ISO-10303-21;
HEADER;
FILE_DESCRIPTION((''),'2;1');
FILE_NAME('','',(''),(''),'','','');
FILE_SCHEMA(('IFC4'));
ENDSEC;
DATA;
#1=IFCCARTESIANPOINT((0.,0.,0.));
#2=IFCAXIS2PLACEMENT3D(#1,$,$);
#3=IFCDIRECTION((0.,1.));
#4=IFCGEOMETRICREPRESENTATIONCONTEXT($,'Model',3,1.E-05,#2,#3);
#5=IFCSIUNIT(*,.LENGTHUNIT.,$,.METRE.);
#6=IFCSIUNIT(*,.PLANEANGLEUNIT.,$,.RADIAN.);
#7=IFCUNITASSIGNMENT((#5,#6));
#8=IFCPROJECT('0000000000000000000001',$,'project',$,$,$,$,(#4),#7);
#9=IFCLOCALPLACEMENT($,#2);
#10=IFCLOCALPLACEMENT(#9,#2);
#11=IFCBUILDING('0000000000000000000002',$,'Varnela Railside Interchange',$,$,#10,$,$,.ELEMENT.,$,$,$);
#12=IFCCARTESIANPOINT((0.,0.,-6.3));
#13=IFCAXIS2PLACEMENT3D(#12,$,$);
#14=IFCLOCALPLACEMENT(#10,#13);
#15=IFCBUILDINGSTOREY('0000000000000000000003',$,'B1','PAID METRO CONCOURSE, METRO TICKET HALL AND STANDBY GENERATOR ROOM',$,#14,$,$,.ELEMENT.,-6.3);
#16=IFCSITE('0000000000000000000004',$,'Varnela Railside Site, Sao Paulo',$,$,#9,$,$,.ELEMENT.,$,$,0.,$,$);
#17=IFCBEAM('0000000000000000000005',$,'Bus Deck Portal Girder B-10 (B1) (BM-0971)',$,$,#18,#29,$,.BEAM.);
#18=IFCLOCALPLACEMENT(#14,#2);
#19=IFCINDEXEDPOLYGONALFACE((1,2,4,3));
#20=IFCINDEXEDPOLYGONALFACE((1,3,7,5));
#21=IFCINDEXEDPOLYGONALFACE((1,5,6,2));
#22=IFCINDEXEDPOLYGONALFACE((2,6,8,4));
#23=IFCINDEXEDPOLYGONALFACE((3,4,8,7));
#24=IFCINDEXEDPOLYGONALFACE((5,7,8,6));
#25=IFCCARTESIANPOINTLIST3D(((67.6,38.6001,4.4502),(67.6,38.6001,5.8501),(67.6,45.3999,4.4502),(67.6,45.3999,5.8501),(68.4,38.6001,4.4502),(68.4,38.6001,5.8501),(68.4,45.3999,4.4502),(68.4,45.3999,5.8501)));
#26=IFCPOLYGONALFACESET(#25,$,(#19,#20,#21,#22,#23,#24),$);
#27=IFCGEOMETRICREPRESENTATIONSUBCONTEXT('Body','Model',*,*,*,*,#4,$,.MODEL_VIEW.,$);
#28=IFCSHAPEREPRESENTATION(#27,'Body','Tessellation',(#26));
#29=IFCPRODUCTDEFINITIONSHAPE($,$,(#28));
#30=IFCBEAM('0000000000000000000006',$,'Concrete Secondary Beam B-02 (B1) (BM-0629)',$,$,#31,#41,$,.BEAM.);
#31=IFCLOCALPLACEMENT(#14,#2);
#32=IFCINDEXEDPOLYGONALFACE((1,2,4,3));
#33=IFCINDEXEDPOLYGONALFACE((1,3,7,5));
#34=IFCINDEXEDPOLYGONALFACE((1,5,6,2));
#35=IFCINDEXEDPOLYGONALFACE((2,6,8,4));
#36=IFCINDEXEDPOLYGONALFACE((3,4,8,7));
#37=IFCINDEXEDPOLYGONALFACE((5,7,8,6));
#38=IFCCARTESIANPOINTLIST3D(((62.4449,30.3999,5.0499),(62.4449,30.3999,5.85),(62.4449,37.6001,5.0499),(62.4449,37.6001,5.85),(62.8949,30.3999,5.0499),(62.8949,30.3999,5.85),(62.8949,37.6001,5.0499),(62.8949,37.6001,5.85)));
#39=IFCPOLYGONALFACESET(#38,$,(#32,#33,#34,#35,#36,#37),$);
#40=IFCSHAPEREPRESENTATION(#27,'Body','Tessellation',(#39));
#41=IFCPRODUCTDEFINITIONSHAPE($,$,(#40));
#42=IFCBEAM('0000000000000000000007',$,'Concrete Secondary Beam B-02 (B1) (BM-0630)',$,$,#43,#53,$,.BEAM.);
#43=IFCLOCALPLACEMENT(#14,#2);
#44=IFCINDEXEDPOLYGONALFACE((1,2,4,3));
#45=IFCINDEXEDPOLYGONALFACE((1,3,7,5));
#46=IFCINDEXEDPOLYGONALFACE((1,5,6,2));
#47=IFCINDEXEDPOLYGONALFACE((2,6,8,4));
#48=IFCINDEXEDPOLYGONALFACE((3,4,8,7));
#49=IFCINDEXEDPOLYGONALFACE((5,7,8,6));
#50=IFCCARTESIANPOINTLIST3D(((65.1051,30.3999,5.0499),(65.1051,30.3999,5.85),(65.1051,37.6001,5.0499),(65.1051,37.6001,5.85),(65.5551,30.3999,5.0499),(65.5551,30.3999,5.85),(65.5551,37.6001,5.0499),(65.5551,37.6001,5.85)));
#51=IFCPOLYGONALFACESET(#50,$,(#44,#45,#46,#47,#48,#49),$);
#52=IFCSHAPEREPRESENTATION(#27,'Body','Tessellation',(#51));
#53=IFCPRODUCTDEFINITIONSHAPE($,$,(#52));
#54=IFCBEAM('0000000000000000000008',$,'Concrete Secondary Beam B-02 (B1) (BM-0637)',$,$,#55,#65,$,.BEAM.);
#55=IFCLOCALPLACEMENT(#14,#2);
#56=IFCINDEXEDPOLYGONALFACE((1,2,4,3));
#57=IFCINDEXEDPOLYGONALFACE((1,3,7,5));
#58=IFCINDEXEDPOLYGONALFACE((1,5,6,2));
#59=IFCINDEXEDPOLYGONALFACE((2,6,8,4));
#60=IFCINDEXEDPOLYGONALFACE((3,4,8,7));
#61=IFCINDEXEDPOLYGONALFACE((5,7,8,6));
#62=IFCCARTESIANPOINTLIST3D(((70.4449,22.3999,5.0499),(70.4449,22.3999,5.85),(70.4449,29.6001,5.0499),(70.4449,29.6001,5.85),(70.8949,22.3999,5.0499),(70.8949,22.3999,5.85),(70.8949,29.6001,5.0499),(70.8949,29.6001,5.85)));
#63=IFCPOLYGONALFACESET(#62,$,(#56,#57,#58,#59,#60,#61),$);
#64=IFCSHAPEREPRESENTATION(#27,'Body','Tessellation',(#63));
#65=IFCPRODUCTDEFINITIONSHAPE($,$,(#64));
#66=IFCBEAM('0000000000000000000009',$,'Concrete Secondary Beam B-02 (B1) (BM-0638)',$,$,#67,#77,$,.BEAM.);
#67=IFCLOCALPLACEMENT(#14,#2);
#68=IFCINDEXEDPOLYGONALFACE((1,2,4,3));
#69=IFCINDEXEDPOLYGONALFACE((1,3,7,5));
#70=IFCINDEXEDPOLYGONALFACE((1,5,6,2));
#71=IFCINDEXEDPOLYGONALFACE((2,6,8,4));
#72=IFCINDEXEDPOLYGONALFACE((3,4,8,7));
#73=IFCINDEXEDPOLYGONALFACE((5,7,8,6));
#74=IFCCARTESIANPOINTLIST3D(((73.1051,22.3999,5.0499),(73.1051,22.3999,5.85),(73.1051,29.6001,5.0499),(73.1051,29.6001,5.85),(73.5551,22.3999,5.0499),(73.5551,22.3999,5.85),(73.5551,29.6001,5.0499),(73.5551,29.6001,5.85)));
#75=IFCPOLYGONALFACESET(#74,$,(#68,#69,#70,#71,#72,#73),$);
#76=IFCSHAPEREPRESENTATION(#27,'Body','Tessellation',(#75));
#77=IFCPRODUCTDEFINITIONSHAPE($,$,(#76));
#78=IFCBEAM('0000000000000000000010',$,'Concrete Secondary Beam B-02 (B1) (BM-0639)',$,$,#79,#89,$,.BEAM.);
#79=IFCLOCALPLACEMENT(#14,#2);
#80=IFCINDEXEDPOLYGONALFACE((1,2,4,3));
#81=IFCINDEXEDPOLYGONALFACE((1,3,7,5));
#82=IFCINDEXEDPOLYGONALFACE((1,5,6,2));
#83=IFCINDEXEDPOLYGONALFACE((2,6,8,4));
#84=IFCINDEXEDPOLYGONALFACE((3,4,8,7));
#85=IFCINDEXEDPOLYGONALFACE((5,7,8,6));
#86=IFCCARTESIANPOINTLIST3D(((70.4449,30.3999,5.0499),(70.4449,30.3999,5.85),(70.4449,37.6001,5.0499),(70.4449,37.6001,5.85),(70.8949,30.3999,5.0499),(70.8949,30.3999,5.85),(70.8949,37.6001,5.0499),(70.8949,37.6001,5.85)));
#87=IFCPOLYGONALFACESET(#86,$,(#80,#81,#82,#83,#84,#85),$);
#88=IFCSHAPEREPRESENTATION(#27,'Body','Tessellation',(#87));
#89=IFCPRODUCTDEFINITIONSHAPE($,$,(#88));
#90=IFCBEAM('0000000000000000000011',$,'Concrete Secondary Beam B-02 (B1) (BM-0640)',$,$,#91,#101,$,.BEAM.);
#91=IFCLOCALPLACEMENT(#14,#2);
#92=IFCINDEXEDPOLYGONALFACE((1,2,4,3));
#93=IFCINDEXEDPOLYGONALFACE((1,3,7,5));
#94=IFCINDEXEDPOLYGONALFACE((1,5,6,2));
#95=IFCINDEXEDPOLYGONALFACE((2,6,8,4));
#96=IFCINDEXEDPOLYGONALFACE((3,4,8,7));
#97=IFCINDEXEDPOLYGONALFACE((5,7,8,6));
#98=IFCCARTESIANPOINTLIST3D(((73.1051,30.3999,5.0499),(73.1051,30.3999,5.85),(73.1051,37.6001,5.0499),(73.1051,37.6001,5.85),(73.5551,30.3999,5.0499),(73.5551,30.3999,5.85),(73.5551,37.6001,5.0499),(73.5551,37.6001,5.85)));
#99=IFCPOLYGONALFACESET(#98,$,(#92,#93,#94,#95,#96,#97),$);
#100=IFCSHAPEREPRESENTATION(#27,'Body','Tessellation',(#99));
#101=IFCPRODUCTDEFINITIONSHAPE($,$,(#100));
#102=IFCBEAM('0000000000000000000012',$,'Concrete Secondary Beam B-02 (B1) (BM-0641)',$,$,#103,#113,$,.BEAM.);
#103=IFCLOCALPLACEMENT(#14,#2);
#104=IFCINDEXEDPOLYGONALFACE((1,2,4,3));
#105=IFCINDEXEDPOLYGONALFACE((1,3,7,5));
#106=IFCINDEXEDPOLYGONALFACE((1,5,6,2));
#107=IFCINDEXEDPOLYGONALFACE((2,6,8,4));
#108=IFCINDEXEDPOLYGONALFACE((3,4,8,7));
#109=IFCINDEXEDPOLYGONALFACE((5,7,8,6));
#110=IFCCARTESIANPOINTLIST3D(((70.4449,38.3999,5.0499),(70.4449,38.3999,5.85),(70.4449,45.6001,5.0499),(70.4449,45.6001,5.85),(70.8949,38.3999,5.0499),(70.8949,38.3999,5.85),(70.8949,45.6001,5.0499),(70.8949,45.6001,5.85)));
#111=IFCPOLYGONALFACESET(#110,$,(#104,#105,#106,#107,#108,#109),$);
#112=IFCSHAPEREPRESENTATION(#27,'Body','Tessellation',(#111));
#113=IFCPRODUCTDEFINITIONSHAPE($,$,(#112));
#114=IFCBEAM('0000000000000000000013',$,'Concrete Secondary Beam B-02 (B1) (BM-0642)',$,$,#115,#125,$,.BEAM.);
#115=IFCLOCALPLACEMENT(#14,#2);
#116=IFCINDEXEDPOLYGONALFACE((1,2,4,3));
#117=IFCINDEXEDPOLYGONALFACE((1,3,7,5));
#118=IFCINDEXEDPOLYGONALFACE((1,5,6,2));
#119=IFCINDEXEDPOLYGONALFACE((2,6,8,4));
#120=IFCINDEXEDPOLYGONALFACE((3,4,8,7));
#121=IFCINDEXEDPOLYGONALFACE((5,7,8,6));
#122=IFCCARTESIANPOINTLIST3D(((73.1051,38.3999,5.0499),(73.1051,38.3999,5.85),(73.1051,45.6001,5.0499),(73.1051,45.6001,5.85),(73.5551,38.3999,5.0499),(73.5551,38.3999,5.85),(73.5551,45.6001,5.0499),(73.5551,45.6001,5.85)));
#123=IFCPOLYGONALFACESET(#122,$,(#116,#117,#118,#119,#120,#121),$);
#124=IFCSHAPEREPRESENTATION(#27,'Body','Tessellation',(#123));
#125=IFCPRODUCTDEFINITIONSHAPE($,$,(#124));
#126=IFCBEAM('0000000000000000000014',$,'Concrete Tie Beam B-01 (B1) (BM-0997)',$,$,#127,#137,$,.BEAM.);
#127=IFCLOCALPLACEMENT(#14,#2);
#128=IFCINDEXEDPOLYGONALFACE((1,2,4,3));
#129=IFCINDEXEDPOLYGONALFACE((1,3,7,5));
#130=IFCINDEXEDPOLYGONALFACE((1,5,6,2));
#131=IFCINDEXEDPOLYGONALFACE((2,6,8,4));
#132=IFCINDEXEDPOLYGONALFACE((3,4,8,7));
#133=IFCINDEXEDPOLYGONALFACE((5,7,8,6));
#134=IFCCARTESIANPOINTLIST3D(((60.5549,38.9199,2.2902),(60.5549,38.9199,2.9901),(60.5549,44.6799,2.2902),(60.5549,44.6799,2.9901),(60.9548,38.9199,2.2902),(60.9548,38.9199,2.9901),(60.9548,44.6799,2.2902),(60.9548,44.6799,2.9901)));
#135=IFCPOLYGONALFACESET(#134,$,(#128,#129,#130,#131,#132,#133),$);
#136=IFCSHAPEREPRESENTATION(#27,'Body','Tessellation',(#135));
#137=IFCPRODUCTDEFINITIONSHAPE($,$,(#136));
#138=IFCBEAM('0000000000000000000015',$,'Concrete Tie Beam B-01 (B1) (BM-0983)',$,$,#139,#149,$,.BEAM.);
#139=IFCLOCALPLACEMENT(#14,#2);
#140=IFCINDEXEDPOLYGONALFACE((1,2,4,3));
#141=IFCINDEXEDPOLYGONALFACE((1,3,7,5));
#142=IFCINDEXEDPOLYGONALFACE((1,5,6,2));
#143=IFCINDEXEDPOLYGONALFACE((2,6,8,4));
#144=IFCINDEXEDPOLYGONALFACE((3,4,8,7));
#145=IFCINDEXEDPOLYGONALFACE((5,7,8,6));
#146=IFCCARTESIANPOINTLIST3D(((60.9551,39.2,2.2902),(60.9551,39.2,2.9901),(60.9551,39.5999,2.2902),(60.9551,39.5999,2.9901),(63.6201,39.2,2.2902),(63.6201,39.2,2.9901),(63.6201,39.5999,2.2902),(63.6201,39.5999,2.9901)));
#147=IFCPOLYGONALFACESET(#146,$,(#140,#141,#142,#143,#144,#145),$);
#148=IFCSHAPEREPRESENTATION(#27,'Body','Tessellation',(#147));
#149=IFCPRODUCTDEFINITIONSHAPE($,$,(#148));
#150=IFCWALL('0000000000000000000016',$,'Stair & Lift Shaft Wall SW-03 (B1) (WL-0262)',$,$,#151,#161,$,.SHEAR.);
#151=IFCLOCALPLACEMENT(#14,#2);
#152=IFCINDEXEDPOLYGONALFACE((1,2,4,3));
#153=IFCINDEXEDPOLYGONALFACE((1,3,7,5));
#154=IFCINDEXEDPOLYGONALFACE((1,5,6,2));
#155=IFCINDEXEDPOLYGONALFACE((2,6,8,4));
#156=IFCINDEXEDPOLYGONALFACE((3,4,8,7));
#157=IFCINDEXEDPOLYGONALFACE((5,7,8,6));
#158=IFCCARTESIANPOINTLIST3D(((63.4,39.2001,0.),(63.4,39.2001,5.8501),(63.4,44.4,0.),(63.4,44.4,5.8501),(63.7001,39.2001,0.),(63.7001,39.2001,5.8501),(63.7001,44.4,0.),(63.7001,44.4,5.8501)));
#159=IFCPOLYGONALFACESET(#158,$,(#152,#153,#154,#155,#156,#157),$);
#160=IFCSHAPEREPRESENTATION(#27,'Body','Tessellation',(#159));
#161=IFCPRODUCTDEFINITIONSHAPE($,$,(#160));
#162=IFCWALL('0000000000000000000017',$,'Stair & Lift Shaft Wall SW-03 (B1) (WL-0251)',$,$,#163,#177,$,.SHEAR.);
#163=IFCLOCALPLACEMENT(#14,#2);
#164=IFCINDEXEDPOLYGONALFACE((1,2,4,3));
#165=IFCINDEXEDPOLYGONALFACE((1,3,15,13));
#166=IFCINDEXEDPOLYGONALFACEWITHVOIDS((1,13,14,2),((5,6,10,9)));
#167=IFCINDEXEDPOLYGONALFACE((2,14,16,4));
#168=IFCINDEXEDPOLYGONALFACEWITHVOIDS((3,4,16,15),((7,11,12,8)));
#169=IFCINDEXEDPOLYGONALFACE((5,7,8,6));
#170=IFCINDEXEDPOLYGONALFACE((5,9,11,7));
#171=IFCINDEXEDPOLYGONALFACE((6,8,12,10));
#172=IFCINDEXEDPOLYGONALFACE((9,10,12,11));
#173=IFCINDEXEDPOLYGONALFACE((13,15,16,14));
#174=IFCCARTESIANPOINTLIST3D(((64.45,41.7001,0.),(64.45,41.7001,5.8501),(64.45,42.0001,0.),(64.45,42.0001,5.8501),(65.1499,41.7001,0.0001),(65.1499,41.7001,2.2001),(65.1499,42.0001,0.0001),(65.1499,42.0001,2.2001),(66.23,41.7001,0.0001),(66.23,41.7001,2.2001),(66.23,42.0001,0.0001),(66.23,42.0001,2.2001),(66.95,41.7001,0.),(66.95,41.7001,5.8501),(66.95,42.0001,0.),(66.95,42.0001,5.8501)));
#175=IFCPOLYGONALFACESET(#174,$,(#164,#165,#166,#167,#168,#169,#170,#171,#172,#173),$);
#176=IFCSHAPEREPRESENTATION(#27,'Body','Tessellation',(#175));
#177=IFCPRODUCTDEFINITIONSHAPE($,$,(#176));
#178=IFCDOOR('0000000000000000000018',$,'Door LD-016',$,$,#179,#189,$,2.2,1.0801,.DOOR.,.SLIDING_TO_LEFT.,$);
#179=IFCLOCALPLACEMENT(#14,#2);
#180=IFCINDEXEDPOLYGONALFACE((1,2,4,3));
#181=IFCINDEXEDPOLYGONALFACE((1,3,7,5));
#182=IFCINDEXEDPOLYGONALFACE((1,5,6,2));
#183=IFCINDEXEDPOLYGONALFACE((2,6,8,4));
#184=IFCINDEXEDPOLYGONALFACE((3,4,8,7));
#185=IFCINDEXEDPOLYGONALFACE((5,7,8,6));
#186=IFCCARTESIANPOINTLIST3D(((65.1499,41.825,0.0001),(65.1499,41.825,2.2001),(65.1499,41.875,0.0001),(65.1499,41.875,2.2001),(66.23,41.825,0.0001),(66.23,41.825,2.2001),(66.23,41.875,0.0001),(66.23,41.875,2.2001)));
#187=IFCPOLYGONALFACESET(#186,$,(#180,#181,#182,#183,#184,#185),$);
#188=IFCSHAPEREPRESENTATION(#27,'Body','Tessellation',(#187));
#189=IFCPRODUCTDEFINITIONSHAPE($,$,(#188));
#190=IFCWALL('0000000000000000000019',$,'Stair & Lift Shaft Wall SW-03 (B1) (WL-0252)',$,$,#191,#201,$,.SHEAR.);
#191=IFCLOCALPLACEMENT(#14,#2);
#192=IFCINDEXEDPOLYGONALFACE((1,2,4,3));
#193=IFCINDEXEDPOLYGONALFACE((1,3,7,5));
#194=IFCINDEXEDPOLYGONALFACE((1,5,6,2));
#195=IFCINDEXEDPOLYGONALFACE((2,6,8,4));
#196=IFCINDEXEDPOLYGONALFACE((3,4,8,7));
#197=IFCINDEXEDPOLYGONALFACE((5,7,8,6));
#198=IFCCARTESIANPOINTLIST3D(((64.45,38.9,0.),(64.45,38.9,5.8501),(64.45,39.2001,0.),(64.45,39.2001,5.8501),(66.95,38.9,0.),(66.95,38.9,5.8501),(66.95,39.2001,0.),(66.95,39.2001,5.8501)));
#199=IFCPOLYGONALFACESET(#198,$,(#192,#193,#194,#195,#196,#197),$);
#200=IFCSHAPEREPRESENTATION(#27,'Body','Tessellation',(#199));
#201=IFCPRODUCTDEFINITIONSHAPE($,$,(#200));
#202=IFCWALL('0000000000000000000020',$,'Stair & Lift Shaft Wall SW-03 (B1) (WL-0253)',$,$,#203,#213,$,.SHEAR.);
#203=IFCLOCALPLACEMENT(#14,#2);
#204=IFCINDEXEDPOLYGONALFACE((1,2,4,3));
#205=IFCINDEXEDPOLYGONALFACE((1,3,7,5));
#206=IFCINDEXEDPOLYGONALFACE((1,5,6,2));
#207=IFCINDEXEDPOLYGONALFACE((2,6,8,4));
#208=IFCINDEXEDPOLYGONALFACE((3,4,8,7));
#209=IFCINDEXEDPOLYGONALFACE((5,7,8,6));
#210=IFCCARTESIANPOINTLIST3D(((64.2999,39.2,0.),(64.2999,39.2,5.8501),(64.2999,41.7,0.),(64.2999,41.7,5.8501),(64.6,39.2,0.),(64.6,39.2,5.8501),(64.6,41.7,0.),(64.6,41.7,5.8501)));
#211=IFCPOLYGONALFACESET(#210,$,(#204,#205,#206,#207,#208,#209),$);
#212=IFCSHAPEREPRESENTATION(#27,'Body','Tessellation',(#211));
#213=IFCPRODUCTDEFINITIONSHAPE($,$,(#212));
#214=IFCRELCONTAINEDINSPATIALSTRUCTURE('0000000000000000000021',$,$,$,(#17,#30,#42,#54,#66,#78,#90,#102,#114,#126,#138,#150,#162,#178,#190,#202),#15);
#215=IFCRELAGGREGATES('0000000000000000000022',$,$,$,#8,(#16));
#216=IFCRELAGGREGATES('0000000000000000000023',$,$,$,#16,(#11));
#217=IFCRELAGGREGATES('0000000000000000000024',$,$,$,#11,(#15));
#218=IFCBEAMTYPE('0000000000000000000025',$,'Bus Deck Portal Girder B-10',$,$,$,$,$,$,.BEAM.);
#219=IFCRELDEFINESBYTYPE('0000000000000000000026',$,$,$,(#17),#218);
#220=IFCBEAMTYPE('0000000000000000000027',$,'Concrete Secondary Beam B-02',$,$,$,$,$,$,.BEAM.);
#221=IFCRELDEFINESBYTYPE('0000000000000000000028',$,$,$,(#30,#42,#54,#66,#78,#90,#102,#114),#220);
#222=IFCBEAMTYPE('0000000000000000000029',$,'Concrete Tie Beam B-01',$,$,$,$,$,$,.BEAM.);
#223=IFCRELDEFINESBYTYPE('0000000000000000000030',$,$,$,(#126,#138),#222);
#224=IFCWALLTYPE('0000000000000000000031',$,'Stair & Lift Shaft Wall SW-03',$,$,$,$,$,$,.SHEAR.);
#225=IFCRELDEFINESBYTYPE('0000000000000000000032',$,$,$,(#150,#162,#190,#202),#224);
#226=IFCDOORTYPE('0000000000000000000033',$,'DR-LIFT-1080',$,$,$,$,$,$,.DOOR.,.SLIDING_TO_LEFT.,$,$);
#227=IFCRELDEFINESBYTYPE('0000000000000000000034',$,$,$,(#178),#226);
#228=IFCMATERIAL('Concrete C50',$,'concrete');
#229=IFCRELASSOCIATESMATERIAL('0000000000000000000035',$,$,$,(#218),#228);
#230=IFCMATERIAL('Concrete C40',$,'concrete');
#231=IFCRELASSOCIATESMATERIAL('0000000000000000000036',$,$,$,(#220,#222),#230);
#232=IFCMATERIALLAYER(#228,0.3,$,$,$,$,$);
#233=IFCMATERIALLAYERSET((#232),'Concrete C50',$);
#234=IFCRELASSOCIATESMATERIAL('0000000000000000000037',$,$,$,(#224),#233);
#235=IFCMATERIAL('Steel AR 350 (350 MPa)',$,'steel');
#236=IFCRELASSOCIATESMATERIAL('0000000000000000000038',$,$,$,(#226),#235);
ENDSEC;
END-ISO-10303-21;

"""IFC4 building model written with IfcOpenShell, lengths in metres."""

from ifc_helpers import new_model, si_unit, direction, frame, frame_2d, origin, origin_2d, place, context, subcontext, project, spatial, rectangle, extrude, material, layer, layer_set, material_profile, profile_set, type_object, element, fill, save


model = new_model("IFC4")

# Units and contexts
model_context = context("Model", 3, precision=1e-05, world=origin(), true_north=direction((0.0, 1.0)))
body_context = subcontext(model_context, "Body", "Model", "MODEL_VIEW")
ifc_project = project(units=[si_unit("LENGTHUNIT", "METRE"), si_unit("PLANEANGLEUNIT", "RADIAN")], contexts=[model_context])

# Site, building, storey
site_placement = place(None, origin())
site = spatial("IfcSite", under=ifc_project, at=site_placement, Name="Varnela Railside Site, Sao Paulo", CompositionType="ELEMENT", RefElevation=0.0)
building_placement = place(site_placement, origin())
building = spatial("IfcBuilding", under=site, at=building_placement, Name="Varnela Railside Interchange", CompositionType="ELEMENT")
storey_placement = place(building_placement, frame((0.0, 0.0, -6.3)))
storey = spatial("IfcBuildingStorey", under=building, at=storey_placement, Name="B1", Description="PAID METRO CONCOURSE, METRO TICKET HALL AND STANDBY GENERATOR ROOM", CompositionType="ELEMENT", Elevation=-6.3)

# Shared definitions
ifc_material_1 = material(Name="Concrete C50", Category="concrete")

# Beams
ifc_material_profile_1 = material_profile(ifc_material_1, rectangle(XDim=0.8, YDim=1.3999, at=origin_2d()), Name="RC 800x1400")
ifc_profile_set_1 = profile_set([ifc_material_profile_1], Name="Concrete C50")
beam_type_1 = type_object("IfcBeamType", Name="Bus Deck Portal Girder B-10", PredefinedType="BEAM", material=ifc_profile_set_1)
beam_1_placement = place(storey_placement, frame((68.0, 38.6001, 5.1501), z_axis=(0.0, 1.0, 0.0), x_axis=(-1.0, 0.0, 0.0)))
element("IfcBeam", 1, at=beam_1_placement, inside=storey, type_object=beam_type_1, Name="Bus Deck Portal Girder B-10 (B1) (BM-0971)", PredefinedType="BEAM", context=body_context, shape_type="SweptSolid", body=[
    extrude(rectangle(XDim=0.8, YDim=1.3999, at=origin_2d()), origin(), (0.0, 0.0, 1.0), 6.7998),
])
ifc_material_2 = material(Name="Concrete C40", Category="concrete")
ifc_material_profile_2 = material_profile(ifc_material_2, rectangle(XDim=0.45, YDim=0.8, at=origin_2d()), Name="RC 450x800")
ifc_profile_set_2 = profile_set([ifc_material_profile_2], Name="Concrete C40")
beam_type_2 = type_object("IfcBeamType", Name="Concrete Secondary Beam B-02", PredefinedType="BEAM", material=ifc_profile_set_2)
for number, where, z_axis, x_axis, name in (
    (2, (62.6699, 30.3999, 5.45), (0.0, 1.0, 0.0), (-1.0, 0.0, 0.0), "Concrete Secondary Beam B-02 (B1) (BM-0629)"),
    (3, (65.3301, 30.3999, 5.45), (0.0, 1.0, 0.0), (-1.0, 0.0, 0.0), "Concrete Secondary Beam B-02 (B1) (BM-0630)"),
    (4, (70.6699, 22.3999, 5.45), (0.0, 1.0, 0.0), (-1.0, 0.0, 0.0), "Concrete Secondary Beam B-02 (B1) (BM-0637)"),
    (5, (73.3301, 22.3999, 5.45), (0.0, 1.0, 0.0), (-1.0, 0.0, 0.0), "Concrete Secondary Beam B-02 (B1) (BM-0638)"),
    (6, (70.6699, 30.3999, 5.45), (0.0, 1.0, 0.0), (-1.0, 0.0, 0.0), "Concrete Secondary Beam B-02 (B1) (BM-0639)"),
    (7, (73.3301, 30.3999, 5.45), (0.0, 1.0, 0.0), (-1.0, 0.0, 0.0), "Concrete Secondary Beam B-02 (B1) (BM-0640)"),
    (8, (70.6699, 38.3999, 5.45), (0.0, 1.0, 0.0), (-1.0, 0.0, 0.0), "Concrete Secondary Beam B-02 (B1) (BM-0641)"),
    (9, (73.3301, 38.3999, 5.45), (0.0, 1.0, 0.0), (-1.0, 0.0, 0.0), "Concrete Secondary Beam B-02 (B1) (BM-0642)"),
):
    element("IfcBeam", number, at=place(storey_placement, frame(where, z_axis=z_axis, x_axis=x_axis)), inside=storey, type_object=beam_type_2, Name=name, PredefinedType="BEAM", context=body_context, shape_type="SweptSolid", body=[
        extrude(rectangle(XDim=0.45, YDim=0.8, at=origin_2d()), origin(), (0.0, 0.0, 1.0), 7.2002),
    ])
ifc_material_profile_3 = material_profile(ifc_material_2, rectangle(XDim=0.3999, YDim=0.7, at=origin_2d()), Name="RC 400x700")
ifc_profile_set_3 = profile_set([ifc_material_profile_3], Name="Concrete C40")
beam_type_3 = type_object("IfcBeamType", Name="Concrete Tie Beam B-01", PredefinedType="BEAM", material=ifc_profile_set_3)
beam_2_placement = place(storey_placement, frame((60.7549, 38.9199, 2.6401), z_axis=(0.0, 1.0, 0.0), x_axis=(-1.0, 0.0, 0.0)))
element("IfcBeam", 10, at=beam_2_placement, inside=storey, type_object=beam_type_3, Name="Concrete Tie Beam B-01 (B1) (BM-0997)", PredefinedType="BEAM", context=body_context, shape_type="SweptSolid", body=[
    extrude(rectangle(XDim=0.3999, YDim=0.7, at=origin_2d()), origin(), (0.0, 0.0, 1.0), 5.76),
])
beam_3_placement = place(storey_placement, frame((60.9551, 39.3999, 2.6401), z_axis=(1.0, 0.0, 0.0), x_axis=(0.0, 1.0, 0.0)))
element("IfcBeam", 11, at=beam_3_placement, inside=storey, type_object=beam_type_3, Name="Concrete Tie Beam B-01 (B1) (BM-0983)", PredefinedType="BEAM", context=body_context, shape_type="SweptSolid", body=[
    extrude(rectangle(XDim=0.3999, YDim=0.7, at=origin_2d()), origin(), (0.0, 0.0, 1.0), 2.665),
])

# Wall
ifc_layer = layer(ifc_material_1, 0.3)
ifc_layer_set = layer_set([ifc_layer], Name="Concrete C50")
wall_type = type_object("IfcWallType", Name="Stair & Lift Shaft Wall SW-03", PredefinedType="SHEAR", material=ifc_layer_set)
wall_1_placement = place(storey_placement, frame((63.55, 39.2, 0.0), z_axis=(0.0, 0.0, 1.0), x_axis=(0.0, 1.0, 0.0)))
element("IfcWall", 12, at=wall_1_placement, inside=storey, type_object=wall_type, Name="Stair & Lift Shaft Wall SW-03 (B1) (WL-0262)", PredefinedType="SHEAR", context=body_context, shape_type="SweptSolid", body=[
    extrude(rectangle(XDim=5.2, YDim=0.3, at=frame_2d((2.6001, 0.0))), origin(), (0.0, 0.0, 1.0), 5.8501),
])

# Wall, opening, door
wall_2_placement = place(storey_placement, frame((64.45, 41.8501, 0.0), z_axis=(0.0, 0.0, 1.0), x_axis=(1.0, 0.0, 0.0)))
wall_2 = element("IfcWall", 13, at=wall_2_placement, inside=storey, type_object=wall_type, Name="Stair & Lift Shaft Wall SW-03 (B1) (WL-0251)", PredefinedType="SHEAR", context=body_context, shape_type="SweptSolid", body=[
    extrude(rectangle(XDim=2.5, YDim=0.3, at=frame_2d((1.25, 0.0))), origin(), (0.0, 0.0, 1.0), 5.8501),
])
opening_placement = place(wall_2_placement, frame((0.7, 0.0, 0.0)))
opening = element("IfcOpeningElement", 14, at=opening_placement, cuts=wall_2, PredefinedType="OPENING", context=body_context, shape_type="SweptSolid", body=[
    extrude(rectangle(XDim=1.0801, YDim=2.2, at=frame_2d((0.54, 1.1001))), frame((0.0, 0.1599, 0.0), z_axis=(0.0, -1.0, 0.0), x_axis=(1.0, 0.0, 0.0)), (0.0, 0.0, 1.0), 0.3201),
])
ifc_material_3 = material(Name="Steel AR 350 (350 MPa)", Category="steel")
door_type = type_object("IfcDoorType", Name="DR-LIFT-1080", OperationType="SLIDING_TO_LEFT", PredefinedType="DOOR", material=ifc_material_3)
door_placement = place(opening_placement, origin())
door = element("IfcDoor", 15, at=door_placement, inside=storey, type_object=door_type, Name="Door LD-016", OperationType="SLIDING_TO_LEFT", OverallHeight=2.2, OverallWidth=1.0801, PredefinedType="DOOR", context=body_context, shape_type="SweptSolid", body=[
    extrude(rectangle(XDim=1.0801, YDim=2.2, at=frame_2d((0.54, 1.1001))), frame((0.0, 0.0249, 0.0), z_axis=(0.0, -1.0, 0.0), x_axis=(1.0, 0.0, 0.0)), (0.0, 0.0, 1.0), 0.05),
])
fill(opening, door)

# Walls
for number, where, z_axis, x_axis, name in (
    (16, (64.45, 39.05, 0.0), (0.0, 0.0, 1.0), (1.0, 0.0, 0.0), "Stair & Lift Shaft Wall SW-03 (B1) (WL-0252)"),
    (17, (64.45, 39.2, 0.0), (0.0, 0.0, 1.0), (0.0, 1.0, 0.0), "Stair & Lift Shaft Wall SW-03 (B1) (WL-0253)"),
):
    element("IfcWall", number, at=place(storey_placement, frame(where, z_axis=z_axis, x_axis=x_axis)), inside=storey, type_object=wall_type, Name=name, PredefinedType="SHEAR", context=body_context, shape_type="SweptSolid", body=[
        extrude(rectangle(XDim=2.5, YDim=0.3, at=frame_2d((1.25, 0.0))), origin(), (0.0, 0.0, 1.0), 5.8501),
    ])

save(model, "model.ifc")
